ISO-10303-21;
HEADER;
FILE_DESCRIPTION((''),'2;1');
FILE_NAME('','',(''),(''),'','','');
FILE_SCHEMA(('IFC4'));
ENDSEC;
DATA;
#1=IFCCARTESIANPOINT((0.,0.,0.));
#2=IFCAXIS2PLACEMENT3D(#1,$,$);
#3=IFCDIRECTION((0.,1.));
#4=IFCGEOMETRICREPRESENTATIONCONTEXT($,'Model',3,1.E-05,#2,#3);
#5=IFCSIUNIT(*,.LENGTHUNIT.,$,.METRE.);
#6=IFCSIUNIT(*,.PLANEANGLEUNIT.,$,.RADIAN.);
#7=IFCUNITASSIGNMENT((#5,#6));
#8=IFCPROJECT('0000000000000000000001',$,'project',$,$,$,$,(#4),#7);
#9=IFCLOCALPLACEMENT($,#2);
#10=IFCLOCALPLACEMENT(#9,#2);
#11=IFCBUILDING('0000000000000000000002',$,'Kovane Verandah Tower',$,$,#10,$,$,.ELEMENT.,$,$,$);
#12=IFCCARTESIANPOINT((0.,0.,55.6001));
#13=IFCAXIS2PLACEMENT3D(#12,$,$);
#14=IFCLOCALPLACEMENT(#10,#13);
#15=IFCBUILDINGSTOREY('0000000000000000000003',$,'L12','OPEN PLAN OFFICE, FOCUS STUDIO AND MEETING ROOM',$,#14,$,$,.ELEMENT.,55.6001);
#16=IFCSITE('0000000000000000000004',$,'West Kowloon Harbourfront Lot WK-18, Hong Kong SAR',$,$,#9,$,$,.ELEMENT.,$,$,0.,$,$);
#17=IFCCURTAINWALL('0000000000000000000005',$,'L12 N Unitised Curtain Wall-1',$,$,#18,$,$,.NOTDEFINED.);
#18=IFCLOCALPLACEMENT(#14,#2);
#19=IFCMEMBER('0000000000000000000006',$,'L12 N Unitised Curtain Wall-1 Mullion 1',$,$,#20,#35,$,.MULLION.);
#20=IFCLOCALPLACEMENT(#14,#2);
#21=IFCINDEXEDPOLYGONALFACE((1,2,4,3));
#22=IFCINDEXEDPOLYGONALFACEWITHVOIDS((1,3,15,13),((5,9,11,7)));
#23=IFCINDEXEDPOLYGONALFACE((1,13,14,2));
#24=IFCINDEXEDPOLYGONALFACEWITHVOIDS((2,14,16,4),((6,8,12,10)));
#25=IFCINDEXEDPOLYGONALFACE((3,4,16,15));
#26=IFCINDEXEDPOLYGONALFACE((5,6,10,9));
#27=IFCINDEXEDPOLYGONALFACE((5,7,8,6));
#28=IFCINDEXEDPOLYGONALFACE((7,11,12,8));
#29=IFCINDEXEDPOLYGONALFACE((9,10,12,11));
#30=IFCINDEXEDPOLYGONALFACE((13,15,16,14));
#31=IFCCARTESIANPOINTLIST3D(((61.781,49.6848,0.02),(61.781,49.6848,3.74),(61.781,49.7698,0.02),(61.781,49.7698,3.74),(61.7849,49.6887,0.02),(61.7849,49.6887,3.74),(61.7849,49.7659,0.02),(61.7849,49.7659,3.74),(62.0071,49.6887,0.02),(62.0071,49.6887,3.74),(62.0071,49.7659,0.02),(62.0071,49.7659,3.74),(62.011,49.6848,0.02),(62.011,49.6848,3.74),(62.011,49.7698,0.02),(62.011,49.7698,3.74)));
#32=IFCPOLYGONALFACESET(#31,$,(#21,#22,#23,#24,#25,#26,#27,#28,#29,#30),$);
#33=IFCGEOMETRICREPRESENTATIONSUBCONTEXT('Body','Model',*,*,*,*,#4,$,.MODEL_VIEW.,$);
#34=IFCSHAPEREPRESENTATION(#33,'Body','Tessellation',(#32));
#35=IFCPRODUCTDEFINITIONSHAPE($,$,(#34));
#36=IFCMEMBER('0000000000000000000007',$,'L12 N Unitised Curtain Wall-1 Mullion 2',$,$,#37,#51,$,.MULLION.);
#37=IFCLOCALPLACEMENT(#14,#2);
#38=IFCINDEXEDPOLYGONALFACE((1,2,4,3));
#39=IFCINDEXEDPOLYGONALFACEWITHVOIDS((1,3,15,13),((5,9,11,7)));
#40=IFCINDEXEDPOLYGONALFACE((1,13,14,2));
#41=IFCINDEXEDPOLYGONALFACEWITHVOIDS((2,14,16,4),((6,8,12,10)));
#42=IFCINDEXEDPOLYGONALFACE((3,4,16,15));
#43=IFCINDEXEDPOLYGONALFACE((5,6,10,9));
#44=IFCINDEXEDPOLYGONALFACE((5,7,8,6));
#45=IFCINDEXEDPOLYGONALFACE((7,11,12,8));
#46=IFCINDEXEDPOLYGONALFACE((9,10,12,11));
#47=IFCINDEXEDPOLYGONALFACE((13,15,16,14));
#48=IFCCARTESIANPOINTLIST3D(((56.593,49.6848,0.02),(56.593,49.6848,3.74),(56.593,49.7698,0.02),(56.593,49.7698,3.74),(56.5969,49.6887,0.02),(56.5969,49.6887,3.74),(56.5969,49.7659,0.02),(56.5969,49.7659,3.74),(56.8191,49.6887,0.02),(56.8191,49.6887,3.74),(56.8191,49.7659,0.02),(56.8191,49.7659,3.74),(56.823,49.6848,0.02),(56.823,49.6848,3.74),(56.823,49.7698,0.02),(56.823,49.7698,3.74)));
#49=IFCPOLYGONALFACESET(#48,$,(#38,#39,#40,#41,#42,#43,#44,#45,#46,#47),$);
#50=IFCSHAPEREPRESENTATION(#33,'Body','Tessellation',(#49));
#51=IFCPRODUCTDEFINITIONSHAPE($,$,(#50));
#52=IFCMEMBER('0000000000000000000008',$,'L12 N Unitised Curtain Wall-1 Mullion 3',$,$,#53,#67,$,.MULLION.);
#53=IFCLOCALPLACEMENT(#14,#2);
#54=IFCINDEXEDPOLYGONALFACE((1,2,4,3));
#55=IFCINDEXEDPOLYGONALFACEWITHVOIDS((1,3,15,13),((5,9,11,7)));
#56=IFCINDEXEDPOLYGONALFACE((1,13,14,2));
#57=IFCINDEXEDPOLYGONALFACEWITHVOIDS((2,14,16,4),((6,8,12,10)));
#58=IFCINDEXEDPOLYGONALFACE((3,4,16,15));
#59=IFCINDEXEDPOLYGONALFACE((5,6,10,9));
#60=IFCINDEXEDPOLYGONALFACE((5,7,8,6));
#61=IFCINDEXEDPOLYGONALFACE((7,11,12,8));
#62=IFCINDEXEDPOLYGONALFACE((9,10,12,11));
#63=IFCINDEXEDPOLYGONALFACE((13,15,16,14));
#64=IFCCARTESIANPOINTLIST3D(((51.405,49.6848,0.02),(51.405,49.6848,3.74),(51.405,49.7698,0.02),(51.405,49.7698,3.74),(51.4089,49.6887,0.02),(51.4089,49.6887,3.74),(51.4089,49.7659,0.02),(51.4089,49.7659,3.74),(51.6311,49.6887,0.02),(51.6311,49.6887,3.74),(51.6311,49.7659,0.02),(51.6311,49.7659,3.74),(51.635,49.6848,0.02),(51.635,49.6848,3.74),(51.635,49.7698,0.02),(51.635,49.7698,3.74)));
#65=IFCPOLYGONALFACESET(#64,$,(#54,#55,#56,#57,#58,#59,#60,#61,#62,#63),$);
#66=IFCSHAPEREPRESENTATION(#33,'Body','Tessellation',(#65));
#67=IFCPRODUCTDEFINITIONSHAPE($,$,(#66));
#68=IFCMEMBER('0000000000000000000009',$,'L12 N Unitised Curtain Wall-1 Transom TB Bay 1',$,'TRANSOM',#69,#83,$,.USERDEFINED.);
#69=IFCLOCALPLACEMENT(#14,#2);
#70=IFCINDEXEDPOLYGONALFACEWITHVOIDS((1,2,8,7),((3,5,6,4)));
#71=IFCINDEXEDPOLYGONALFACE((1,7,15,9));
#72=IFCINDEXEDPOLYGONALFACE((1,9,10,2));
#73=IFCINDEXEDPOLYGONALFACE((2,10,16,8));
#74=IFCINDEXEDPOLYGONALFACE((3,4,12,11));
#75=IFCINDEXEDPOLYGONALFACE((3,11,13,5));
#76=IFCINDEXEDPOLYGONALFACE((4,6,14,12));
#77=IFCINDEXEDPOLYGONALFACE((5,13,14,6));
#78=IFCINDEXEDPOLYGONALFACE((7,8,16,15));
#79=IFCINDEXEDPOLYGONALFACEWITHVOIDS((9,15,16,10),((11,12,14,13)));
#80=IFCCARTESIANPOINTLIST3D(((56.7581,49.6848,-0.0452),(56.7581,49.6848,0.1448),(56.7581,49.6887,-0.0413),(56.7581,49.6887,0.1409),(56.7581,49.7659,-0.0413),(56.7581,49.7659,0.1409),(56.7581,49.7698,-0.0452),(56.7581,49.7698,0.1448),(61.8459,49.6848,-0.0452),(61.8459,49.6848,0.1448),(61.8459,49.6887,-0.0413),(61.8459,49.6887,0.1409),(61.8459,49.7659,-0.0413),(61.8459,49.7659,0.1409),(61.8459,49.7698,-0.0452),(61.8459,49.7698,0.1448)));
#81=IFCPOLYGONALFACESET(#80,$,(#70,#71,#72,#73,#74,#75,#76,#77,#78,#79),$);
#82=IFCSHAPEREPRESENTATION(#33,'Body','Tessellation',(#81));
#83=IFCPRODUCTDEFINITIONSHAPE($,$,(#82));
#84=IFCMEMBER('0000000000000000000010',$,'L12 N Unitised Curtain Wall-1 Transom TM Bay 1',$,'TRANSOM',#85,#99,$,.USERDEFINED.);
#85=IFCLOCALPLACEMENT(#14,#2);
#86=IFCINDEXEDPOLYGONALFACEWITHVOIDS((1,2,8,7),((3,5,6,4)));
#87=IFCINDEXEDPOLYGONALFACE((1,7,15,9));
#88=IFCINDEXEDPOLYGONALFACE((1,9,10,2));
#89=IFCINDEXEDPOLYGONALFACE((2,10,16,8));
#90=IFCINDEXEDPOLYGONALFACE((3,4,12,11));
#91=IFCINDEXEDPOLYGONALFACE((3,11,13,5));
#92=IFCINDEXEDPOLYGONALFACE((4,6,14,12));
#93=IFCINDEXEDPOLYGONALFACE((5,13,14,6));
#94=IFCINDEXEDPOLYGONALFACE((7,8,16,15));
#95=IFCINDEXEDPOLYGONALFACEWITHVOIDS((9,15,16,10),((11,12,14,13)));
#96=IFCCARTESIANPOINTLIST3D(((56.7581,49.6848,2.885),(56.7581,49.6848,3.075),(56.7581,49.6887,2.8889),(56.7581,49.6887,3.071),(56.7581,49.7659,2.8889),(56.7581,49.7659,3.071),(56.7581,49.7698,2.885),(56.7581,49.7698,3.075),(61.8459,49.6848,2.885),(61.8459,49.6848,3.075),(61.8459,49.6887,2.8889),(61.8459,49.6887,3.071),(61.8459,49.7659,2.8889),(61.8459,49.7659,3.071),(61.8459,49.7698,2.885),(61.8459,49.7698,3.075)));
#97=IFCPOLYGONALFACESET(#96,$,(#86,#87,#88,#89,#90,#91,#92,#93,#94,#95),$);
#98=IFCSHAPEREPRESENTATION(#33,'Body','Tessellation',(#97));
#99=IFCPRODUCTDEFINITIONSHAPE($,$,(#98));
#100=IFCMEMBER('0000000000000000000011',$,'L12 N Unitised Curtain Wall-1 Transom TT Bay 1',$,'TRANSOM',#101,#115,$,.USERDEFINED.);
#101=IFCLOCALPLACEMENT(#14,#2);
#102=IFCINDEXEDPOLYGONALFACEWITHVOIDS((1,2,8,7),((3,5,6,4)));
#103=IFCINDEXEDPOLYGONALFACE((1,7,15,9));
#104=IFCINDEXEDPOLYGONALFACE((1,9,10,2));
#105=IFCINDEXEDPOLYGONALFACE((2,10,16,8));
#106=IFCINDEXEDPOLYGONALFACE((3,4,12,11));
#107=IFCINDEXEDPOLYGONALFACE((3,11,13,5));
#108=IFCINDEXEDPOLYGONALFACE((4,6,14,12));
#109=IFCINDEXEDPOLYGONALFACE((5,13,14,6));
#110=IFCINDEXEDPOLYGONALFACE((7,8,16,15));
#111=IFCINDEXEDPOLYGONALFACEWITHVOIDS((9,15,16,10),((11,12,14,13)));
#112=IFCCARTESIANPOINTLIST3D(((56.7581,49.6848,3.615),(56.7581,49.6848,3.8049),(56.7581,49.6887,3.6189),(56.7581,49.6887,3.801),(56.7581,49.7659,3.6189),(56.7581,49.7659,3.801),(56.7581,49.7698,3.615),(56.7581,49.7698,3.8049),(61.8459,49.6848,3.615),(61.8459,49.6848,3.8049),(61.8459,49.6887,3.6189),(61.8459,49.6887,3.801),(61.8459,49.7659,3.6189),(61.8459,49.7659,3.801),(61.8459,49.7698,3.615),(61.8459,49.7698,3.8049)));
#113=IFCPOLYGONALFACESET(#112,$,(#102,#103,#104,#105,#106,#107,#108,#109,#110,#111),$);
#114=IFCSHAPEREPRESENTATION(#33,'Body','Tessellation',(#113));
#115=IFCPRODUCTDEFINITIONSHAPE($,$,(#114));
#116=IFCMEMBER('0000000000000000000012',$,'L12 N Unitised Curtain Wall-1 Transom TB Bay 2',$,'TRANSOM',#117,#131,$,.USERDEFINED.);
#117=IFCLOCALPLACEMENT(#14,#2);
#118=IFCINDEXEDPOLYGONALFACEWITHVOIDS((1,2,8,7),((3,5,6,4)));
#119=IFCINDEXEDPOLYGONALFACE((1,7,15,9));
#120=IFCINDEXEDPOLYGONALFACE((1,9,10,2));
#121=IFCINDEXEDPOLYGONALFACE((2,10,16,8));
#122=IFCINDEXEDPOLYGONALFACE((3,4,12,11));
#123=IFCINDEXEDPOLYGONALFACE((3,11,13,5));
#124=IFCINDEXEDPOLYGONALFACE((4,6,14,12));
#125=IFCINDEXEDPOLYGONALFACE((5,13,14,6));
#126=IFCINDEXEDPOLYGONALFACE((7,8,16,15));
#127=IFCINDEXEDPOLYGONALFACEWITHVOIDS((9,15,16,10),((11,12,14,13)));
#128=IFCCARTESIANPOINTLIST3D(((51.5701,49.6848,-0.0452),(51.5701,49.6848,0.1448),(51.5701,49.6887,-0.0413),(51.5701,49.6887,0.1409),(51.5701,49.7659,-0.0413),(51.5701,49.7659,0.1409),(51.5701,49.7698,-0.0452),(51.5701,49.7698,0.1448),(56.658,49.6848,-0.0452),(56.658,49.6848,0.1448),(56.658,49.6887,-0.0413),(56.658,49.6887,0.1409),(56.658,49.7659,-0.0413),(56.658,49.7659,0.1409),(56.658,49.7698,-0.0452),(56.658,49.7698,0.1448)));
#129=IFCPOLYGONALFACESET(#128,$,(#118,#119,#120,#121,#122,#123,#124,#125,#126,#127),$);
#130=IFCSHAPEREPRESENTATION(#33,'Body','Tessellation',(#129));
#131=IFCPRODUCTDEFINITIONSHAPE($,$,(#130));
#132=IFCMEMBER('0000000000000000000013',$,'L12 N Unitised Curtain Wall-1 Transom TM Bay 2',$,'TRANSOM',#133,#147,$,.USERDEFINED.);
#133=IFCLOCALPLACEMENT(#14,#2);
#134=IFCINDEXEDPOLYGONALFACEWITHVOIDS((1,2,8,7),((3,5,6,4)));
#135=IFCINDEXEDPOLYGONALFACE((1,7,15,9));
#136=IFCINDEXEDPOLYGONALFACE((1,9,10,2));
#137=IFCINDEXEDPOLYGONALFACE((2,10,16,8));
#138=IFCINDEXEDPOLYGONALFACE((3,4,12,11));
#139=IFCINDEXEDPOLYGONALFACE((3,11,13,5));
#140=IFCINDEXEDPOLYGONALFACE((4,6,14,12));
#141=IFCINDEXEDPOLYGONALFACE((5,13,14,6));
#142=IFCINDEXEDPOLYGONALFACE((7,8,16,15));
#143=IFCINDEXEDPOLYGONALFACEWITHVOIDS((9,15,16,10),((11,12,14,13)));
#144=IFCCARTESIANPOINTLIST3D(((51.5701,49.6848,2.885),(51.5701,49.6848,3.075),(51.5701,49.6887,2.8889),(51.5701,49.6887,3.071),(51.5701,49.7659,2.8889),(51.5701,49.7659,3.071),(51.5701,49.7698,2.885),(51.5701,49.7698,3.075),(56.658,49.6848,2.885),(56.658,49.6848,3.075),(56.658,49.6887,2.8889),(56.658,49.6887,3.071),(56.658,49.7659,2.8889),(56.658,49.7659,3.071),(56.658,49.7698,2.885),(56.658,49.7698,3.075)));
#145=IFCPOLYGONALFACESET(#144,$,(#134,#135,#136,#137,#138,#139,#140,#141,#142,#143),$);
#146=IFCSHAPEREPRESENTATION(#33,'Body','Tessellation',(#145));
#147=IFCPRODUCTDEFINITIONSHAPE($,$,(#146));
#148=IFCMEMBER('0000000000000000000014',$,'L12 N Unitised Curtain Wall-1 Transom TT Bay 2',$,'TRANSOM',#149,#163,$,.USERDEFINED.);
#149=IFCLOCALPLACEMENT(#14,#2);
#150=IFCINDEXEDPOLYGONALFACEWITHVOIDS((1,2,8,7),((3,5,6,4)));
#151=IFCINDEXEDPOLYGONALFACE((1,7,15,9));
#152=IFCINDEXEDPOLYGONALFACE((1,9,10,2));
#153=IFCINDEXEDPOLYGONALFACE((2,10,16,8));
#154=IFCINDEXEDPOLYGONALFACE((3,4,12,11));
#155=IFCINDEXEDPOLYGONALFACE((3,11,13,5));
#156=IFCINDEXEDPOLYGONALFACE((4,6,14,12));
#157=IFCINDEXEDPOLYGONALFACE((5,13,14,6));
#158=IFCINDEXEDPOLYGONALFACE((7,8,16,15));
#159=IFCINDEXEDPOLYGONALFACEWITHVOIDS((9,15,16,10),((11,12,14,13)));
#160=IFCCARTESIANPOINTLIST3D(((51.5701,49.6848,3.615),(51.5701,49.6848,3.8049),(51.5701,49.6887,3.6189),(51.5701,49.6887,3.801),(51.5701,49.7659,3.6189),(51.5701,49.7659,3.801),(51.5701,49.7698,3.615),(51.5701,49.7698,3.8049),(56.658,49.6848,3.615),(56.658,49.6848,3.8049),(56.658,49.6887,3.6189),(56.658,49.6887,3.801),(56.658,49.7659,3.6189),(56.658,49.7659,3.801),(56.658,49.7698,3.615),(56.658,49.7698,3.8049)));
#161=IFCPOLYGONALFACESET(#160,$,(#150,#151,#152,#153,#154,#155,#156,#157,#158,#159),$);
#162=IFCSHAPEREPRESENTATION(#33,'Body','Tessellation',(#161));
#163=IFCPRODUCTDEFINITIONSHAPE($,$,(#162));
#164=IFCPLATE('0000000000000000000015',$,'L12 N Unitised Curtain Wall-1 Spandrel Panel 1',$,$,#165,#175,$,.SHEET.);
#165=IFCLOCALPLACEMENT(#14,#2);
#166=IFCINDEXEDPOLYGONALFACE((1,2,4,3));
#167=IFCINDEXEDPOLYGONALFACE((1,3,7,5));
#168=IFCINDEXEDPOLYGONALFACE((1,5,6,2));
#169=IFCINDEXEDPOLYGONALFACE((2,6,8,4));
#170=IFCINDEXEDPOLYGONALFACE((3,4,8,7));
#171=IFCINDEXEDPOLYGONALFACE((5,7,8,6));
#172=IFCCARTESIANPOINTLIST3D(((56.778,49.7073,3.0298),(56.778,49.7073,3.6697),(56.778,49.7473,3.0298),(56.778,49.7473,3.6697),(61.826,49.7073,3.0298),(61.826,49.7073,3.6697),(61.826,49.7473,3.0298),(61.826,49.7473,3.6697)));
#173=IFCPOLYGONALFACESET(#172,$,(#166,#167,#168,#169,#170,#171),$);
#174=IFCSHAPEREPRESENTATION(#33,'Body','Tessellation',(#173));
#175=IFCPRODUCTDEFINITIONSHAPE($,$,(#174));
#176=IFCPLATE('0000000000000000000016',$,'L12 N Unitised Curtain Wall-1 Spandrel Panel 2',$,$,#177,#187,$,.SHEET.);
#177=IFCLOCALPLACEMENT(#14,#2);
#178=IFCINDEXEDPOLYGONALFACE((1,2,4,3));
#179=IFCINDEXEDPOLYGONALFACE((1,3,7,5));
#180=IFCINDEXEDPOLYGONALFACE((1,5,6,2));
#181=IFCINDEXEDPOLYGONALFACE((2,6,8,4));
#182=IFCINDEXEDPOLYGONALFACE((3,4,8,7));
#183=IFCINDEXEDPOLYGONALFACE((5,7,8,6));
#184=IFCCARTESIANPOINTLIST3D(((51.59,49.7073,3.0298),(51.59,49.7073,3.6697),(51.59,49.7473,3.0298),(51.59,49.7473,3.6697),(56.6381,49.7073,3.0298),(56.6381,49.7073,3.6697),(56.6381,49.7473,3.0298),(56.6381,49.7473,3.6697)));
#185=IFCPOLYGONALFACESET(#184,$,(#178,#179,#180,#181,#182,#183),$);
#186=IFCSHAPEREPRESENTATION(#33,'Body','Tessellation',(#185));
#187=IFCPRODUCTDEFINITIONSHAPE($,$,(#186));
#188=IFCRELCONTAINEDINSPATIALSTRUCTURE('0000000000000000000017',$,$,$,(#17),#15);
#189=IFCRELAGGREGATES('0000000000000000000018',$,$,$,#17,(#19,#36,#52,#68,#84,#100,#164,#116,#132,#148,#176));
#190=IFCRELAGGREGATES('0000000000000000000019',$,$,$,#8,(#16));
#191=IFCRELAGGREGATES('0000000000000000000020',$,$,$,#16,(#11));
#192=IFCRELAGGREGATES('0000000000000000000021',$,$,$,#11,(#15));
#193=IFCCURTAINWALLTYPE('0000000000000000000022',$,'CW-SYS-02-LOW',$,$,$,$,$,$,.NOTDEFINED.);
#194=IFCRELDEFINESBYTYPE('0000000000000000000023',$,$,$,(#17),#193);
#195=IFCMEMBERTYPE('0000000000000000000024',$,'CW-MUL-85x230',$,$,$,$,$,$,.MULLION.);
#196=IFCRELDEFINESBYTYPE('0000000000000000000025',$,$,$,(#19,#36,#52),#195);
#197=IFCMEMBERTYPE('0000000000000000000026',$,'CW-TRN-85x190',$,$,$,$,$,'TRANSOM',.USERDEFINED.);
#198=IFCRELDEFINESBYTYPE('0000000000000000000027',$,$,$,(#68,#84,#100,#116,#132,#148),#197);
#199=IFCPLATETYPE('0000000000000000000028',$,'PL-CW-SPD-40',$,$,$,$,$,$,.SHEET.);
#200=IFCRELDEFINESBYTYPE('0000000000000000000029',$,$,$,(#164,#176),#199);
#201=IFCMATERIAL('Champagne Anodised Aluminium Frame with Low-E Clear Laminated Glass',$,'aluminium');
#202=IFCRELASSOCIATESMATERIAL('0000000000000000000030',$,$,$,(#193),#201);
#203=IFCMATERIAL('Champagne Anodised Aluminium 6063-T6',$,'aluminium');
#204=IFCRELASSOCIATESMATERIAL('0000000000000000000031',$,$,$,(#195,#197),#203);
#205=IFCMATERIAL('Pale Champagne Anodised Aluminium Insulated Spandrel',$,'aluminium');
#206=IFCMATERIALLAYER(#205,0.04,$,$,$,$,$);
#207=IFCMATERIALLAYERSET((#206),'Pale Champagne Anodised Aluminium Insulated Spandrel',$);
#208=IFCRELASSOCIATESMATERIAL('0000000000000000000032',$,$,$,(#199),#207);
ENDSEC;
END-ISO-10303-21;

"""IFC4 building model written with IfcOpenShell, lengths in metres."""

from ifc_helpers import new_model, si_unit, direction, frame, origin, origin_2d, place, context, subcontext, project, spatial, rectangle, hollow_rectangle, extrude, material, layer, layer_set, material_profile, profile_set, type_object, element, aggregate, save


model = new_model("IFC4")

# Units and contexts
model_context = context("Model", 3, precision=1e-05, world=origin(), true_north=direction((0.0, 1.0)))
body_context = subcontext(model_context, "Body", "Model", "MODEL_VIEW")
ifc_project = project(units=[si_unit("LENGTHUNIT", "METRE"), si_unit("PLANEANGLEUNIT", "RADIAN")], contexts=[model_context])

# Site, building, storey
site_placement = place(None, origin())
site = spatial("IfcSite", under=ifc_project, at=site_placement, Name="West Kowloon Harbourfront Lot WK-18, Hong Kong SAR", CompositionType="ELEMENT", RefElevation=0.0)
building_placement = place(site_placement, origin())
building = spatial("IfcBuilding", under=site, at=building_placement, Name="Kovane Verandah Tower", CompositionType="ELEMENT")
storey_placement = place(building_placement, frame((0.0, 0.0, 55.6001)))
storey = spatial("IfcBuildingStorey", under=building, at=storey_placement, Name="L12", Description="OPEN PLAN OFFICE, FOCUS STUDIO AND MEETING ROOM", CompositionType="ELEMENT", Elevation=55.6001)

# Shared definitions
ifc_material_1 = material(Name="Champagne Anodised Aluminium Frame with Low-E Clear Laminated Glass", Category="aluminium")
curtain_wall_type = type_object("IfcCurtainWallType", Name="CW-SYS-02-LOW", PredefinedType="NOTDEFINED", material=ifc_material_1)
ifc_material_2 = material(Name="Champagne Anodised Aluminium 6063-T6", Category="aluminium")
ifc_material_profile_1 = material_profile(ifc_material_2, hollow_rectangle(XDim=0.085, YDim=0.23, WallThickness=0.0039, at=origin_2d()), Name="AL85x230x4")
ifc_profile_set_1 = profile_set([ifc_material_profile_1], Name="Champagne Anodised Aluminium 6063-T6")
member_type_1 = type_object("IfcMemberType", Name="CW-MUL-85x230", PredefinedType="MULLION", material=ifc_profile_set_1)

# Curtain wall, members, plates
curtain_wall_1_placement = place(storey_placement, origin())
curtain_wall_1 = element("IfcCurtainWall", 1, at=curtain_wall_1_placement, inside=storey, type_object=curtain_wall_type, Name="L12 N Unitised Curtain Wall-1", PredefinedType="NOTDEFINED")
member_1_placement = place(storey_placement, frame((61.896, 49.7273, 0.02), z_axis=(0.0, 0.0, 1.0), x_axis=(0.0, 1.0, 0.0)))
member_1 = element("IfcMember", 2, at=member_1_placement, type_object=member_type_1, Name="L12 N Unitised Curtain Wall-1 Mullion 1", PredefinedType="MULLION", context=body_context, shape_type="SweptSolid", body=[
    extrude(hollow_rectangle(XDim=0.085, YDim=0.23, WallThickness=0.0039, at=origin_2d()), origin(), (0.0, 0.0, 1.0), 3.72),
])
member_2_placement = place(storey_placement, frame((56.708, 49.7273, 0.02), z_axis=(0.0, 0.0, 1.0), x_axis=(0.0, 1.0, 0.0)))
member_2 = element("IfcMember", 3, at=member_2_placement, type_object=member_type_1, Name="L12 N Unitised Curtain Wall-1 Mullion 2", PredefinedType="MULLION", context=body_context, shape_type="SweptSolid", body=[
    extrude(hollow_rectangle(XDim=0.085, YDim=0.23, WallThickness=0.0039, at=origin_2d()), origin(), (0.0, 0.0, 1.0), 3.72),
])
member_3_placement = place(storey_placement, frame((51.52, 49.7273, 0.02), z_axis=(0.0, 0.0, 1.0), x_axis=(0.0, 1.0, 0.0)))
member_3 = element("IfcMember", 4, at=member_3_placement, type_object=member_type_1, Name="L12 N Unitised Curtain Wall-1 Mullion 3", PredefinedType="MULLION", context=body_context, shape_type="SweptSolid", body=[
    extrude(hollow_rectangle(XDim=0.085, YDim=0.23, WallThickness=0.0039, at=origin_2d()), origin(), (0.0, 0.0, 1.0), 3.72),
])
ifc_material_profile_2 = material_profile(ifc_material_2, hollow_rectangle(XDim=0.085, YDim=0.1899, WallThickness=0.0039, at=origin_2d()), Name="AL85x190x4")
ifc_profile_set_2 = profile_set([ifc_material_profile_2], Name="Champagne Anodised Aluminium 6063-T6")
member_type_2 = type_object("IfcMemberType", Name="CW-TRN-85x190", ElementType="TRANSOM", PredefinedType="USERDEFINED", material=ifc_profile_set_2)
member_4_placement = place(storey_placement, frame((61.8459, 49.7273, 0.0498), z_axis=(-1.0, 0.0, 0.0), x_axis=(0.0, -1.0, 0.0)))
member_4 = element("IfcMember", 5, at=member_4_placement, type_object=member_type_2, Name="L12 N Unitised Curtain Wall-1 Transom TB Bay 1", ObjectType="TRANSOM", PredefinedType="USERDEFINED", context=body_context, shape_type="SweptSolid", body=[
    extrude(hollow_rectangle(XDim=0.085, YDim=0.1899, WallThickness=0.0039, at=origin_2d()), origin(), (0.0, 0.0, 1.0), 5.0879),
])
member_5_placement = place(storey_placement, frame((61.8459, 49.7273, 2.98), z_axis=(-1.0, 0.0, 0.0), x_axis=(0.0, -1.0, 0.0)))
member_5 = element("IfcMember", 6, at=member_5_placement, type_object=member_type_2, Name="L12 N Unitised Curtain Wall-1 Transom TM Bay 1", ObjectType="TRANSOM", PredefinedType="USERDEFINED", context=body_context, shape_type="SweptSolid", body=[
    extrude(hollow_rectangle(XDim=0.085, YDim=0.1899, WallThickness=0.0039, at=origin_2d()), origin(), (0.0, 0.0, 1.0), 5.0879),
])
member_6_placement = place(storey_placement, frame((61.8459, 49.7273, 3.71), z_axis=(-1.0, 0.0, 0.0), x_axis=(0.0, -1.0, 0.0)))
member_6 = element("IfcMember", 7, at=member_6_placement, type_object=member_type_2, Name="L12 N Unitised Curtain Wall-1 Transom TT Bay 1", ObjectType="TRANSOM", PredefinedType="USERDEFINED", context=body_context, shape_type="SweptSolid", body=[
    extrude(hollow_rectangle(XDim=0.085, YDim=0.1899, WallThickness=0.0039, at=origin_2d()), origin(), (0.0, 0.0, 1.0), 5.0879),
])
member_7_placement = place(storey_placement, frame((56.658, 49.7273, 0.0498), z_axis=(-1.0, 0.0, 0.0), x_axis=(0.0, -1.0, 0.0)))
member_7 = element("IfcMember", 8, at=member_7_placement, type_object=member_type_2, Name="L12 N Unitised Curtain Wall-1 Transom TB Bay 2", ObjectType="TRANSOM", PredefinedType="USERDEFINED", context=body_context, shape_type="SweptSolid", body=[
    extrude(hollow_rectangle(XDim=0.085, YDim=0.1899, WallThickness=0.0039, at=origin_2d()), origin(), (0.0, 0.0, 1.0), 5.0879),
])
member_8_placement = place(storey_placement, frame((56.658, 49.7273, 2.98), z_axis=(-1.0, 0.0, 0.0), x_axis=(0.0, -1.0, 0.0)))
member_8 = element("IfcMember", 9, at=member_8_placement, type_object=member_type_2, Name="L12 N Unitised Curtain Wall-1 Transom TM Bay 2", ObjectType="TRANSOM", PredefinedType="USERDEFINED", context=body_context, shape_type="SweptSolid", body=[
    extrude(hollow_rectangle(XDim=0.085, YDim=0.1899, WallThickness=0.0039, at=origin_2d()), origin(), (0.0, 0.0, 1.0), 5.0879),
])
member_9_placement = place(storey_placement, frame((56.658, 49.7273, 3.71), z_axis=(-1.0, 0.0, 0.0), x_axis=(0.0, -1.0, 0.0)))
member_9 = element("IfcMember", 10, at=member_9_placement, type_object=member_type_2, Name="L12 N Unitised Curtain Wall-1 Transom TT Bay 2", ObjectType="TRANSOM", PredefinedType="USERDEFINED", context=body_context, shape_type="SweptSolid", body=[
    extrude(hollow_rectangle(XDim=0.085, YDim=0.1899, WallThickness=0.0039, at=origin_2d()), origin(), (0.0, 0.0, 1.0), 5.0879),
])
ifc_material_3 = material(Name="Pale Champagne Anodised Aluminium Insulated Spandrel", Category="aluminium")
ifc_layer_1 = layer(ifc_material_3, 0.04)
ifc_layer_set_1 = layer_set([ifc_layer_1], Name="Pale Champagne Anodised Aluminium Insulated Spandrel")
plate_type_1 = type_object("IfcPlateType", Name="PL-CW-SPD-40", PredefinedType="SHEET", material=ifc_layer_set_1)
plate_1_placement = place(storey_placement, frame((59.302, 49.7273, 3.0298), z_axis=(0.0, 0.0, 1.0), x_axis=(-1.0, 0.0, 0.0)))
plate_1 = element("IfcPlate", 11, at=plate_1_placement, type_object=plate_type_1, Name="L12 N Unitised Curtain Wall-1 Spandrel Panel 1", PredefinedType="SHEET", context=body_context, shape_type="SweptSolid", body=[
    extrude(rectangle(XDim=5.0481, YDim=0.04, at=origin_2d()), origin(), (0.0, 0.0, 1.0), 0.6399),
])
plate_2_placement = place(storey_placement, frame((54.114, 49.7273, 3.0298), z_axis=(0.0, 0.0, 1.0), x_axis=(-1.0, 0.0, 0.0)))
plate_2 = element("IfcPlate", 12, at=plate_2_placement, type_object=plate_type_1, Name="L12 N Unitised Curtain Wall-1 Spandrel Panel 2", PredefinedType="SHEET", context=body_context, shape_type="SweptSolid", body=[
    extrude(rectangle(XDim=5.0481, YDim=0.04, at=origin_2d()), origin(), (0.0, 0.0, 1.0), 0.6399),
])
aggregate(curtain_wall_1, [member_1, member_2, member_3, member_4, member_5, member_6, plate_1, member_7, member_8, member_9, plate_2])

save(model, "model.ifc")
